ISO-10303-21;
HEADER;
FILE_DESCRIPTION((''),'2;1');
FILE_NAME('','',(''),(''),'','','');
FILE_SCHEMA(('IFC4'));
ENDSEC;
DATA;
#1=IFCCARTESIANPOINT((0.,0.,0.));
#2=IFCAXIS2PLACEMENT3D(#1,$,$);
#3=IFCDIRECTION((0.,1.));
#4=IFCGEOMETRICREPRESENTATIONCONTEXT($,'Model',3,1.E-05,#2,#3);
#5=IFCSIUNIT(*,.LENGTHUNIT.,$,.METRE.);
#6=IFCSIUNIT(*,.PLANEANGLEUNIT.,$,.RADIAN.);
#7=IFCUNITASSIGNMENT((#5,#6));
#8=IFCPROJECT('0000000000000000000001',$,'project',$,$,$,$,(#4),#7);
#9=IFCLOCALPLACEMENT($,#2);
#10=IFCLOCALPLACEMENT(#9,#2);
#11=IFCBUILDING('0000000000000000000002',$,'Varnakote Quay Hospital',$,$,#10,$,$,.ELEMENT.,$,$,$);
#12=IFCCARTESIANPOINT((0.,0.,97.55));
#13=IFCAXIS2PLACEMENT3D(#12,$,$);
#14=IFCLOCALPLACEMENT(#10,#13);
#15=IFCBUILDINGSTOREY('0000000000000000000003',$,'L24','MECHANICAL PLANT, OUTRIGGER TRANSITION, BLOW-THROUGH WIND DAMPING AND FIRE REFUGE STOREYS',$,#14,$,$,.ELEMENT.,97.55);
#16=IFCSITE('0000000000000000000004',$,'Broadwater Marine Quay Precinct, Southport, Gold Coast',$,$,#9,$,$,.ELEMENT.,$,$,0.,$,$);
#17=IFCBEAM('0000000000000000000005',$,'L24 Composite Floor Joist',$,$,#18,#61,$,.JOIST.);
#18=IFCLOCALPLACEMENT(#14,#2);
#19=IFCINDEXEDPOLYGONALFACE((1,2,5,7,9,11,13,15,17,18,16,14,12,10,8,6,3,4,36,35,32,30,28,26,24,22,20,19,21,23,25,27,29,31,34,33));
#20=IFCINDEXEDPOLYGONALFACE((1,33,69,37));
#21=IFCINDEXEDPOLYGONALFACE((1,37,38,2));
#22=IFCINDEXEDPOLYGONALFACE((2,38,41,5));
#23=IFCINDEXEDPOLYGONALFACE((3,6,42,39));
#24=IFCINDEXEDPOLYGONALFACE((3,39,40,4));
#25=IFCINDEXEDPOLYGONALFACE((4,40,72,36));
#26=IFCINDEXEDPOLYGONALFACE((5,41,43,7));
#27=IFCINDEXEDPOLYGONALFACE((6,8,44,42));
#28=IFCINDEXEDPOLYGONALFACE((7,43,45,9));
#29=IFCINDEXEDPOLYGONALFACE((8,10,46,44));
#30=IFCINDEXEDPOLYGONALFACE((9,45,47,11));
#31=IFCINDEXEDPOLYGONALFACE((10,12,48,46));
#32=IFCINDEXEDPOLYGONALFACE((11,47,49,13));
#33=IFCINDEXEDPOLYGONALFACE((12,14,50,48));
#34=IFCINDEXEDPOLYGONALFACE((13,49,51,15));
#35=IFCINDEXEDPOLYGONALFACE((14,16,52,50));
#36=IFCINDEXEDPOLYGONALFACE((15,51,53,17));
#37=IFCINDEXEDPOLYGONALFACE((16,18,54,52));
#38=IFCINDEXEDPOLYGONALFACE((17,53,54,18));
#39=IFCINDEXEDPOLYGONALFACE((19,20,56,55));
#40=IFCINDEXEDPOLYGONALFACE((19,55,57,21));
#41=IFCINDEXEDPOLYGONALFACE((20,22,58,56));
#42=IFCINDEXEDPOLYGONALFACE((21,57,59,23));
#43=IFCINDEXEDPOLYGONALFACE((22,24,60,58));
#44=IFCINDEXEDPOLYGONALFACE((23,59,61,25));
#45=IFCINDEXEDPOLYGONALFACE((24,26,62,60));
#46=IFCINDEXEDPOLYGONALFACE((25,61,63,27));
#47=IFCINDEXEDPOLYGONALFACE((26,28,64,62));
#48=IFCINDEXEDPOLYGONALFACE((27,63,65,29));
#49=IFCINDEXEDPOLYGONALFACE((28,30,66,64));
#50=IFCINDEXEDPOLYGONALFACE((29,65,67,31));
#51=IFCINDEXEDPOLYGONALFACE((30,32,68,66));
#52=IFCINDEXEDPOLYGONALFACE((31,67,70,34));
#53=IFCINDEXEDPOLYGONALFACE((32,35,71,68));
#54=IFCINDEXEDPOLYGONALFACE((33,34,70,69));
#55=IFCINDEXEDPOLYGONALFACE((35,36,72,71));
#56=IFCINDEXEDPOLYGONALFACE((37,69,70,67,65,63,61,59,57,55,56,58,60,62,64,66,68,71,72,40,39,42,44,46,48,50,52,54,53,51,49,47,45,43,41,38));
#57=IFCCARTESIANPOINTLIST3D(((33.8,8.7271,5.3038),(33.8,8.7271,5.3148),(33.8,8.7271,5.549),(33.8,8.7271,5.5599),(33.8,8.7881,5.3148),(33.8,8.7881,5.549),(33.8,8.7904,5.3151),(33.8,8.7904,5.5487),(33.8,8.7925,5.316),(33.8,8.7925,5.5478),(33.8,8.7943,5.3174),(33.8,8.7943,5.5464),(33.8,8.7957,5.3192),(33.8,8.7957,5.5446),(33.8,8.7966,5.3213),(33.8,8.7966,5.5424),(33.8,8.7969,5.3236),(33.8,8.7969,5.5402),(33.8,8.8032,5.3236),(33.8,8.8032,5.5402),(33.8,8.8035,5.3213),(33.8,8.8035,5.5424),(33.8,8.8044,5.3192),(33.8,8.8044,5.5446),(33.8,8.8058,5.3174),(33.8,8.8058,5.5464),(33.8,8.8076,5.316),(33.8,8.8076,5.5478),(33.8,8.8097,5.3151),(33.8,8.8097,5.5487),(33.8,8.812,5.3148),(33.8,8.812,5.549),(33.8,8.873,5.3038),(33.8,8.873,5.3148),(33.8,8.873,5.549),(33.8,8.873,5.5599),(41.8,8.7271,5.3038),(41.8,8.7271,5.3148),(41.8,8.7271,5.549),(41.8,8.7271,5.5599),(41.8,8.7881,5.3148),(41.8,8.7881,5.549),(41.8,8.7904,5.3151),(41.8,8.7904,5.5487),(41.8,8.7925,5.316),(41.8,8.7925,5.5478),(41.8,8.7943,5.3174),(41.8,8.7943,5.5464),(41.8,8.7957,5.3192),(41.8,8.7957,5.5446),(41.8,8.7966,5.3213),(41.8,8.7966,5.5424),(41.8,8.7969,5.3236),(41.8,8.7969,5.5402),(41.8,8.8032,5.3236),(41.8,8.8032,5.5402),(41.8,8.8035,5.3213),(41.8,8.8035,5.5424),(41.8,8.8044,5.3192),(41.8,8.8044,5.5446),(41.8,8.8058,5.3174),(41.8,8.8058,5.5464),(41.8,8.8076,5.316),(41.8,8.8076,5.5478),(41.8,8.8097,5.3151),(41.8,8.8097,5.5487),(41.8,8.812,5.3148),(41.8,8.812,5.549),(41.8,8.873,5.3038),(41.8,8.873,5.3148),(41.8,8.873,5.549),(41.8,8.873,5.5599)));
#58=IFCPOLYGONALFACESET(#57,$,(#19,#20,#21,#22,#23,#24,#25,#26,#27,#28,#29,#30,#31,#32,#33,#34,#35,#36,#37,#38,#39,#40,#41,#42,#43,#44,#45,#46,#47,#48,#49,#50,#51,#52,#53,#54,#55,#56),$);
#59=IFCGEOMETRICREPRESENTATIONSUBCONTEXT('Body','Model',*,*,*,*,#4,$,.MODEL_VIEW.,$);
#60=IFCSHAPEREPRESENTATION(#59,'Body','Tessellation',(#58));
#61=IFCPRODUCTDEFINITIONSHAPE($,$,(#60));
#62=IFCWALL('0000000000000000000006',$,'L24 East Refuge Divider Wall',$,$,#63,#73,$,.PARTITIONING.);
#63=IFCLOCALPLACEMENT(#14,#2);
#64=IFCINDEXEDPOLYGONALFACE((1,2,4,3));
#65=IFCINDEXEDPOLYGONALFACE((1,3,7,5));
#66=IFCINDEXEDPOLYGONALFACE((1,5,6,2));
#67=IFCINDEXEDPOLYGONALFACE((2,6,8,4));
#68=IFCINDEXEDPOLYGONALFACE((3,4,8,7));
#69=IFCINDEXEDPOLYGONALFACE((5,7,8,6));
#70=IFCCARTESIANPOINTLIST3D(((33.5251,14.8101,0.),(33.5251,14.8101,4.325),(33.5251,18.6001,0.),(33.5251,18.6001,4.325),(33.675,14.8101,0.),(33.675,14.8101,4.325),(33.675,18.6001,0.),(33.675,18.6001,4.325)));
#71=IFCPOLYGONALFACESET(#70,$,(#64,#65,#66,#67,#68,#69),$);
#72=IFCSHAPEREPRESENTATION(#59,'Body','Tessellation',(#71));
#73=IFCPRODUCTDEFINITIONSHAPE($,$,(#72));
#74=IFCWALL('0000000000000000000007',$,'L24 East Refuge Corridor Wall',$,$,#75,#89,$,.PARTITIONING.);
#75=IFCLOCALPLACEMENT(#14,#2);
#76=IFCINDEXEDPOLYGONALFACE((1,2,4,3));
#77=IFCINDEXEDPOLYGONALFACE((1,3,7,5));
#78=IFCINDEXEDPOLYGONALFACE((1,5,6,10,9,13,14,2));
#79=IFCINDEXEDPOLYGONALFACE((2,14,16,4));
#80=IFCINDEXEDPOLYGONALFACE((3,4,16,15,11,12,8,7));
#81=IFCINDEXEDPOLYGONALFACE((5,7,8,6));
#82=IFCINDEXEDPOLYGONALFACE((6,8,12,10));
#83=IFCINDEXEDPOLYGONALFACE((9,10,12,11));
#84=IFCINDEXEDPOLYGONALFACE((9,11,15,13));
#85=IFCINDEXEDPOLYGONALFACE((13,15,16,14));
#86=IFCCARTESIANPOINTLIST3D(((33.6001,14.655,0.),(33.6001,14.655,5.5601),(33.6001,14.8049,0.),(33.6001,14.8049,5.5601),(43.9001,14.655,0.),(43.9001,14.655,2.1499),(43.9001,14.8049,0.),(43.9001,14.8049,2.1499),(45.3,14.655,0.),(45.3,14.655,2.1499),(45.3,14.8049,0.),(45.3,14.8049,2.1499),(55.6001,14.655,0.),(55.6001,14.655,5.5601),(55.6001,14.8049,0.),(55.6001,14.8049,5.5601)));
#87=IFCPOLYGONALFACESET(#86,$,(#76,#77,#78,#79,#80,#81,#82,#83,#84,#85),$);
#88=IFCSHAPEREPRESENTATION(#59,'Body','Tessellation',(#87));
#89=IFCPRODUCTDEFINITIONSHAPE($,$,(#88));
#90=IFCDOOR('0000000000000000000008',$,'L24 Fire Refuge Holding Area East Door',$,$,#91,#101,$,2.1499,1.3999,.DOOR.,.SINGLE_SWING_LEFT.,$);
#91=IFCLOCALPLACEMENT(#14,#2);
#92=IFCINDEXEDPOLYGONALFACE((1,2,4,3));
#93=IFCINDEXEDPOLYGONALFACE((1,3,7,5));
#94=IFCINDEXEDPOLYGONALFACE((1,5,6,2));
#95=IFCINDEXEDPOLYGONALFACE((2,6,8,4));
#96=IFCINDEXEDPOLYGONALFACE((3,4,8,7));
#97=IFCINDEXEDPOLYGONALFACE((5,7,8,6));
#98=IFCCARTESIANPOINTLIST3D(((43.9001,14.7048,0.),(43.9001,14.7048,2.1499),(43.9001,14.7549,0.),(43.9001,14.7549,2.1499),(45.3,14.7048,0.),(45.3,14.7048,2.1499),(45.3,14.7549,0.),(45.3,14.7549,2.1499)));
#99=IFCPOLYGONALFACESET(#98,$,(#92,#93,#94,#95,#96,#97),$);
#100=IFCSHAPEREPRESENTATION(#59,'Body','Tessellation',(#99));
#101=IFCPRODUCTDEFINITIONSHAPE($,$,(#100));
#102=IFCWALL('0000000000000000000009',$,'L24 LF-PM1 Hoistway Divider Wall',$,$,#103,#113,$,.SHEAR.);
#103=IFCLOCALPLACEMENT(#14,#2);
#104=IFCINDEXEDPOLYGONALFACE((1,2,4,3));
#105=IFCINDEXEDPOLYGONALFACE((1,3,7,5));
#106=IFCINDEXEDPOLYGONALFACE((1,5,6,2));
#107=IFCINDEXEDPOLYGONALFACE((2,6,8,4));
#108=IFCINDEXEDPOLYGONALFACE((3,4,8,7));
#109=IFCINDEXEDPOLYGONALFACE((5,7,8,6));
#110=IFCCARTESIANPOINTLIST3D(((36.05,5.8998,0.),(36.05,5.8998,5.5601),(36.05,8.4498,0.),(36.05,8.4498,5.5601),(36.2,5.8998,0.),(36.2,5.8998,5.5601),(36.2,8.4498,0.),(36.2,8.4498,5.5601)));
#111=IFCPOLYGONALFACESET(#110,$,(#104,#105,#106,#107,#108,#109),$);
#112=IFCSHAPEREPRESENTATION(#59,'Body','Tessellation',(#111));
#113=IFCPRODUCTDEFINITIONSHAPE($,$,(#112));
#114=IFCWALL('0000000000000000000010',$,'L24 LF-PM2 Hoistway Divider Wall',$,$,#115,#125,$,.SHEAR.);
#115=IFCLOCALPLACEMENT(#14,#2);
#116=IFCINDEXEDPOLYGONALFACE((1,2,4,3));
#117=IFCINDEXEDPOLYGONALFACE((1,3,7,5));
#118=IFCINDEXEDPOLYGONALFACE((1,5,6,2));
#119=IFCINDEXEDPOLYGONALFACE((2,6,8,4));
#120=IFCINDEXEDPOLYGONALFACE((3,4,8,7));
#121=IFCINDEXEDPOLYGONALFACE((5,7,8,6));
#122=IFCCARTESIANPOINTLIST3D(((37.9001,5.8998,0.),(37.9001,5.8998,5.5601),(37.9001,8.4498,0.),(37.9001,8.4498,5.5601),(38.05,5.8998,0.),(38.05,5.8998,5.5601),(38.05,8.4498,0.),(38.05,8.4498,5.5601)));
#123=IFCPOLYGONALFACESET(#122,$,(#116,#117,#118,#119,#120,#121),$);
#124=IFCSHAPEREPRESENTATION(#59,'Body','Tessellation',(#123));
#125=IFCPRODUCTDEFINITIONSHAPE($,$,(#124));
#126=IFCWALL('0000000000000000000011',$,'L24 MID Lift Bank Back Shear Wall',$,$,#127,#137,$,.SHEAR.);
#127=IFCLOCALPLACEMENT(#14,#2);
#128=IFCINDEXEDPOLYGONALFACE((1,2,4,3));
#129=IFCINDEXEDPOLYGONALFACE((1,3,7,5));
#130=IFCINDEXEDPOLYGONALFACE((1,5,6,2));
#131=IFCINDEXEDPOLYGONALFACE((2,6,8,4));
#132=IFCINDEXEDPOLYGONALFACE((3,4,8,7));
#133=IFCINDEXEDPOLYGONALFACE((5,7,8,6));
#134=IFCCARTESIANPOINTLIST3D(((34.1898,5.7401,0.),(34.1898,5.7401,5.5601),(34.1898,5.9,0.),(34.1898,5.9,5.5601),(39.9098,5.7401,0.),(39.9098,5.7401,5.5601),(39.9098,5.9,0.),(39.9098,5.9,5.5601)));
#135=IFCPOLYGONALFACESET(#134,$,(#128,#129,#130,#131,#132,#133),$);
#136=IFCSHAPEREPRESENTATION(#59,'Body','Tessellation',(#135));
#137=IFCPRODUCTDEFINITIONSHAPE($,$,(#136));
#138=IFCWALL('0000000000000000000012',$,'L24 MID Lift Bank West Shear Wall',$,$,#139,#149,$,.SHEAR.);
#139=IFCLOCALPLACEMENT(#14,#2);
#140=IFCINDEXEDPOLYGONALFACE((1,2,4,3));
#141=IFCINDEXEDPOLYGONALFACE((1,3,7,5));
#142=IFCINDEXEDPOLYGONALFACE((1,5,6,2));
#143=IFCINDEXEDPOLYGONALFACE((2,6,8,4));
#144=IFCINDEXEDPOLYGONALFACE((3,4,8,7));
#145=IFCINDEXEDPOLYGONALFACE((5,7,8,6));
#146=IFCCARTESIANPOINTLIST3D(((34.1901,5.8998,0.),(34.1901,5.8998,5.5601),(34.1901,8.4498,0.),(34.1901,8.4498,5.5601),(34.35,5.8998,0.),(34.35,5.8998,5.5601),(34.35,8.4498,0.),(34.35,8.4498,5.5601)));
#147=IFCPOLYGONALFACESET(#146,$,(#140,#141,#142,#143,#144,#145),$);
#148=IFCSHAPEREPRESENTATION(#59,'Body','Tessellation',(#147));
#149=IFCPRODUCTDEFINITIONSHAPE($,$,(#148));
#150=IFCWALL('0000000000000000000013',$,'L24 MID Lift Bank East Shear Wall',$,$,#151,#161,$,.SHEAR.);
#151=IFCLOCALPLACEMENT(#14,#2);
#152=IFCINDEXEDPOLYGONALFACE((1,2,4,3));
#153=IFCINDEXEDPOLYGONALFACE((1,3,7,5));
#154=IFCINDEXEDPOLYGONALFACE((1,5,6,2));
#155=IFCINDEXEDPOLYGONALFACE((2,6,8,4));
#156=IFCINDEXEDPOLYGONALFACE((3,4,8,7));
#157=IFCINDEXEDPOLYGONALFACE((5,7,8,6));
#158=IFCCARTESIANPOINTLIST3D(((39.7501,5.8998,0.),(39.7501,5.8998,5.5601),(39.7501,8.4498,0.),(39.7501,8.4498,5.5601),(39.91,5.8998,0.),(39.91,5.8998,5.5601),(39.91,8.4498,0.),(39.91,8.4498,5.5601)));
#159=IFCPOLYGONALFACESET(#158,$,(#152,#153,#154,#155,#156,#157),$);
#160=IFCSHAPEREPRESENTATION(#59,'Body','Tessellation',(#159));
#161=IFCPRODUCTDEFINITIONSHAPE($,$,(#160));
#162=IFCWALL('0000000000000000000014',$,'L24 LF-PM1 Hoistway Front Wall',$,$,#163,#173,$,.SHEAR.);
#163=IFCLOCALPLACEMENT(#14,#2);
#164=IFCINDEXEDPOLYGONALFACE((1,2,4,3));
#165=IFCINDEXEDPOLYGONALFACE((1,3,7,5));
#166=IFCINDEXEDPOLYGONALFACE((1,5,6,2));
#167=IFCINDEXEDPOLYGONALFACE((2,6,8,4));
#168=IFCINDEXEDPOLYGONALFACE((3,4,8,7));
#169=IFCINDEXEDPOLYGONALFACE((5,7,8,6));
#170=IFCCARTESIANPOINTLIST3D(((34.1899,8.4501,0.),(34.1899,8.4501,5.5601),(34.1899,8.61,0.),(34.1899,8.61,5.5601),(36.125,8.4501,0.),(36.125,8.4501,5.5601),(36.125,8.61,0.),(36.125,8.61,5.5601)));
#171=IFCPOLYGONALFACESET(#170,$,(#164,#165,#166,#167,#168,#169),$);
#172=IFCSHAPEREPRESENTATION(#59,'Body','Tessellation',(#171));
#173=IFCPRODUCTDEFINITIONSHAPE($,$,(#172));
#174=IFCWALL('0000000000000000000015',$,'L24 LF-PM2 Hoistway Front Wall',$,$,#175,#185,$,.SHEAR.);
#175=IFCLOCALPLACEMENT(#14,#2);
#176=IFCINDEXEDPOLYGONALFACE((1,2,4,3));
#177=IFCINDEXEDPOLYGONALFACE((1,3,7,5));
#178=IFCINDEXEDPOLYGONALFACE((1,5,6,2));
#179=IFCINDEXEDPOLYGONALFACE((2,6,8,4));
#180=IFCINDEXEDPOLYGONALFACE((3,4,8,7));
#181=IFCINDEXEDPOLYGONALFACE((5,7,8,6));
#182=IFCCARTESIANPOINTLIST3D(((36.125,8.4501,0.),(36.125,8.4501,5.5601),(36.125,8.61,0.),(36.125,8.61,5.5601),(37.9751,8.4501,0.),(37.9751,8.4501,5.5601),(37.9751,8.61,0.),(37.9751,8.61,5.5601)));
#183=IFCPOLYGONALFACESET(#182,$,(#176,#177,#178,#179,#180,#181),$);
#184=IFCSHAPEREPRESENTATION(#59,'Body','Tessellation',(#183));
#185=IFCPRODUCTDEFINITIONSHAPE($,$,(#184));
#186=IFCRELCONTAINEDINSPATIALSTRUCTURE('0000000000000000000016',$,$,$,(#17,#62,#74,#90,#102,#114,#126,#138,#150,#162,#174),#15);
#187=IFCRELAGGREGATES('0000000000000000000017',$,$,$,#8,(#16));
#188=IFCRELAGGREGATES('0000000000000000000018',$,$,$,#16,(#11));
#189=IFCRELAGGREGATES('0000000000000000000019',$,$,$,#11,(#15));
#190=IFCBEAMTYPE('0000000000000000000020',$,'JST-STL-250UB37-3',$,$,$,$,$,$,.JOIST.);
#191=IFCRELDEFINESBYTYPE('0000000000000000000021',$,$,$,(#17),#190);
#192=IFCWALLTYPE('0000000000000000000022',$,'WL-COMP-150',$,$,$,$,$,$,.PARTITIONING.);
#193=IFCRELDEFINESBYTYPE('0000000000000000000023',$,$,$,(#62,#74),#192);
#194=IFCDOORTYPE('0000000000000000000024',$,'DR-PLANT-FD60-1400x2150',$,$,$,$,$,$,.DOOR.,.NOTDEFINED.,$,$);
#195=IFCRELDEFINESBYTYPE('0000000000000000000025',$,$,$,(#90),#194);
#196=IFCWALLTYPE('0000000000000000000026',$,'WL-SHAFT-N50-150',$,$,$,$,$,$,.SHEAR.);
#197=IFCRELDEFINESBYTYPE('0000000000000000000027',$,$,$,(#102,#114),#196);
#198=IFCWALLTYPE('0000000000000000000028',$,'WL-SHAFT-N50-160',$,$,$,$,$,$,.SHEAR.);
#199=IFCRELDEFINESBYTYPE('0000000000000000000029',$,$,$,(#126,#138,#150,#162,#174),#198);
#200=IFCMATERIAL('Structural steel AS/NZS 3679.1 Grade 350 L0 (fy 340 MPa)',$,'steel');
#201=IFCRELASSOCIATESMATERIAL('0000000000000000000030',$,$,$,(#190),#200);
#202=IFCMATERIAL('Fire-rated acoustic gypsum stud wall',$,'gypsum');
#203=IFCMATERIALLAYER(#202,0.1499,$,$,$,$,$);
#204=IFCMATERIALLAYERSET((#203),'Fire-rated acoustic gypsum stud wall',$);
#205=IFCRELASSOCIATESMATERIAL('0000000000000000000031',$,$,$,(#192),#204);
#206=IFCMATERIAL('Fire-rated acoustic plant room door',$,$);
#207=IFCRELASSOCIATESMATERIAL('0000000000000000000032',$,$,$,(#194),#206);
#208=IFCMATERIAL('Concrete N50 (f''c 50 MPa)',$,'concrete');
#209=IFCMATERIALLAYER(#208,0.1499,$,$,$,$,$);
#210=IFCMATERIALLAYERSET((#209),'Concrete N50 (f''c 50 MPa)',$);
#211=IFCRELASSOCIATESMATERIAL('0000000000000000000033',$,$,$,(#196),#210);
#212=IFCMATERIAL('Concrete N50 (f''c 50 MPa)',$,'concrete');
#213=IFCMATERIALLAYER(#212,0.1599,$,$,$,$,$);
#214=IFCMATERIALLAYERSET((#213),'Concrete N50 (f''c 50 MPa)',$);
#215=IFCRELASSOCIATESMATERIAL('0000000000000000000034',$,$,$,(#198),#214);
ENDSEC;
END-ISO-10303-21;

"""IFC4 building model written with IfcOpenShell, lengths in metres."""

from ifc_helpers import new_model, si_unit, direction, frame, frame_2d, origin, origin_2d, place, context, subcontext, project, spatial, rectangle, i_section, extrude, material, layer, layer_set, material_profile, profile_set, type_object, element, fill, save


model = new_model("IFC4")

# Units and contexts
model_context = context("Model", 3, precision=1e-05, world=origin(), true_north=direction((0.0, 1.0)))
body_context = subcontext(model_context, "Body", "Model", "MODEL_VIEW")
ifc_project = project(units=[si_unit("LENGTHUNIT", "METRE"), si_unit("PLANEANGLEUNIT", "RADIAN")], contexts=[model_context])

# Site, building, storey
site_placement = place(None, origin())
site = spatial("IfcSite", under=ifc_project, at=site_placement, Name="Broadwater Marine Quay Precinct, Southport, Gold Coast", CompositionType="ELEMENT", RefElevation=0.0)
building_placement = place(site_placement, origin())
building = spatial("IfcBuilding", under=site, at=building_placement, Name="Varnakote Quay Hospital", CompositionType="ELEMENT")
storey_placement = place(building_placement, frame((0.0, 0.0, 97.55)))
storey = spatial("IfcBuildingStorey", under=building, at=storey_placement, Name="L24", Description="MECHANICAL PLANT, OUTRIGGER TRANSITION, BLOW-THROUGH WIND DAMPING AND FIRE REFUGE STOREYS", CompositionType="ELEMENT", Elevation=97.55)

# Beam
ifc_material_1 = material(Name="Structural steel AS/NZS 3679.1 Grade 350 L0 (fy 340 MPa)", Category="steel")
ifc_material_profile_1 = material_profile(ifc_material_1, i_section(OverallWidth=0.146, OverallDepth=0.2561, WebThickness=0.0063, FlangeThickness=0.011, FilletRadius=0.0088, at=origin_2d()), Name="250UB37.3")
ifc_profile_set_1 = profile_set([ifc_material_profile_1], Name="Structural steel AS/NZS 3679.1 Grade 350 L0 (fy 340 MPa)")
beam_type_1 = type_object("IfcBeamType", Name="JST-STL-250UB37-3", PredefinedType="JOIST", material=ifc_profile_set_1)
beam_1_placement = place(storey_placement, frame((33.8, 8.8, 5.4319), z_axis=(1.0, 0.0, 0.0), x_axis=(0.0, 1.0, 0.0)))
element("IfcBeam", 1, at=beam_1_placement, inside=storey, type_object=beam_type_1, Name="L24 Composite Floor Joist", PredefinedType="JOIST", context=body_context, shape_type="SweptSolid", body=[
    extrude(i_section(OverallWidth=0.146, OverallDepth=0.2561, WebThickness=0.0063, FlangeThickness=0.011, FilletRadius=0.0088, at=origin_2d()), origin(), (0.0, 0.0, 1.0), 8.0),
])

# Wall
ifc_material_2 = material(Name="Fire-rated acoustic gypsum stud wall", Category="gypsum")
ifc_layer_1 = layer(ifc_material_2, 0.1499)
ifc_layer_set_1 = layer_set([ifc_layer_1], Name="Fire-rated acoustic gypsum stud wall")
wall_type_1 = type_object("IfcWallType", Name="WL-COMP-150", PredefinedType="PARTITIONING", material=ifc_layer_set_1)
wall_1_placement = place(storey_placement, frame((33.6001, 14.8101, 0.0), z_axis=(0.0, 0.0, 1.0), x_axis=(0.0, 1.0, 0.0)))
element("IfcWall", 2, at=wall_1_placement, inside=storey, type_object=wall_type_1, Name="L24 East Refuge Divider Wall", PredefinedType="PARTITIONING", context=body_context, shape_type="SweptSolid", body=[
    extrude(rectangle(XDim=3.79, YDim=0.1499, at=frame_2d((1.895, 0.0))), origin(), (0.0, 0.0, 1.0), 4.325),
])

# Wall, opening, door
wall_2_placement = place(storey_placement, frame((33.6001, 14.73, 0.0), z_axis=(0.0, 0.0, 1.0), x_axis=(1.0, 0.0, 0.0)))
wall_2 = element("IfcWall", 3, at=wall_2_placement, inside=storey, type_object=wall_type_1, Name="L24 East Refuge Corridor Wall", PredefinedType="PARTITIONING", context=body_context, shape_type="SweptSolid", body=[
    extrude(rectangle(XDim=22.0, YDim=0.1499, at=frame_2d((11.0, 0.0))), origin(), (0.0, 0.0, 1.0), 5.5601),
])
opening_1_placement = place(wall_2_placement, frame((10.3, 0.0, 0.0)))
opening_1 = element("IfcOpeningElement", 4, at=opening_1_placement, cuts=wall_2, PredefinedType="OPENING", context=body_context, shape_type="SweptSolid", body=[
    extrude(rectangle(XDim=1.3999, YDim=2.1499, at=frame_2d((0.7, 1.075))), frame((0.0, 0.085, 0.0), z_axis=(0.0, -1.0, 0.0), x_axis=(1.0, 0.0, 0.0)), (0.0, 0.0, 1.0), 0.1699),
])
ifc_material_3 = material(Name="Fire-rated acoustic plant room door")
door_type_1 = type_object("IfcDoorType", Name="DR-PLANT-FD60-1400x2150", OperationType="NOTDEFINED", PredefinedType="DOOR", material=ifc_material_3)
door_1_placement = place(opening_1_placement, origin())
door_1 = element("IfcDoor", 5, at=door_1_placement, inside=storey, type_object=door_type_1, Name="L24 Fire Refuge Holding Area East Door", OperationType="SINGLE_SWING_LEFT", OverallHeight=2.1499, OverallWidth=1.3999, PredefinedType="DOOR", context=body_context, shape_type="SweptSolid", body=[
    extrude(rectangle(XDim=1.3999, YDim=2.1499, at=frame_2d((0.7, 1.075))), frame((0.0, 0.0249, 0.0), z_axis=(0.0, -1.0, 0.0), x_axis=(1.0, 0.0, 0.0)), (0.0, 0.0, 1.0), 0.05),
])
fill(opening_1, door_1)

# Walls
ifc_material_4 = material(Name="Concrete N50 (f'c 50 MPa)", Category="concrete")
ifc_layer_2 = layer(ifc_material_4, 0.1499)
ifc_layer_set_2 = layer_set([ifc_layer_2], Name="Concrete N50 (f'c 50 MPa)")
wall_type_2 = type_object("IfcWallType", Name="WL-SHAFT-N50-150", PredefinedType="SHEAR", material=ifc_layer_set_2)
for number, where, z_axis, x_axis, name in (
    (6, (36.125, 5.8999, 0.0), (0.0, 0.0, 1.0), (0.0, 1.0, 0.0), "L24 LF-PM1 Hoistway Divider Wall"),
    (7, (37.9751, 5.8999, 0.0), (0.0, 0.0, 1.0), (0.0, 1.0, 0.0), "L24 LF-PM2 Hoistway Divider Wall"),
):
    element("IfcWall", number, at=place(storey_placement, frame(where, z_axis=z_axis, x_axis=x_axis)), inside=storey, type_object=wall_type_2, Name=name, PredefinedType="SHEAR", context=body_context, shape_type="SweptSolid", body=[
        extrude(rectangle(XDim=2.55, YDim=0.1499, at=frame_2d((1.2749, 0.0))), origin(), (0.0, 0.0, 1.0), 5.5601),
    ])
ifc_material_5 = material(Name="Concrete N50 (f'c 50 MPa)", Category="concrete")
ifc_layer_3 = layer(ifc_material_5, 0.1599)
ifc_layer_set_3 = layer_set([ifc_layer_3], Name="Concrete N50 (f'c 50 MPa)")
wall_type_3 = type_object("IfcWallType", Name="WL-SHAFT-N50-160", PredefinedType="SHEAR", material=ifc_layer_set_3)
wall_3_placement = place(storey_placement, frame((34.1899, 5.8201, 0.0), z_axis=(0.0, 0.0, 1.0), x_axis=(1.0, 0.0, 0.0)))
element("IfcWall", 8, at=wall_3_placement, inside=storey, type_object=wall_type_3, Name="L24 MID Lift Bank Back Shear Wall", PredefinedType="SHEAR", context=body_context, shape_type="SweptSolid", body=[
    extrude(rectangle(XDim=5.72, YDim=0.1599, at=frame_2d((2.8599, 0.0))), origin(), (0.0, 0.0, 1.0), 5.5601),
])
for number, where, z_axis, x_axis, name in (
    (9, (34.27, 5.8999, 0.0), (0.0, 0.0, 1.0), (0.0, 1.0, 0.0), "L24 MID Lift Bank West Shear Wall"),
    (10, (39.8301, 5.8999, 0.0), (0.0, 0.0, 1.0), (0.0, 1.0, 0.0), "L24 MID Lift Bank East Shear Wall"),
):
    element("IfcWall", number, at=place(storey_placement, frame(where, z_axis=z_axis, x_axis=x_axis)), inside=storey, type_object=wall_type_3, Name=name, PredefinedType="SHEAR", context=body_context, shape_type="SweptSolid", body=[
        extrude(rectangle(XDim=2.55, YDim=0.1599, at=frame_2d((1.2749, 0.0))), origin(), (0.0, 0.0, 1.0), 5.5601),
    ])
wall_4_placement = place(storey_placement, frame((34.1899, 8.53, 0.0), z_axis=(0.0, 0.0, 1.0), x_axis=(1.0, 0.0, 0.0)))
element("IfcWall", 11, at=wall_4_placement, inside=storey, type_object=wall_type_3, Name="L24 LF-PM1 Hoistway Front Wall", PredefinedType="SHEAR", context=body_context, shape_type="SweptSolid", body=[
    extrude(rectangle(XDim=1.9351, YDim=0.1599, at=frame_2d((0.9675, 0.0))), origin(), (0.0, 0.0, 1.0), 5.5601),
])
wall_5_placement = place(storey_placement, frame((36.125, 8.53, 0.0), z_axis=(0.0, 0.0, 1.0), x_axis=(1.0, 0.0, 0.0)))
element("IfcWall", 12, at=wall_5_placement, inside=storey, type_object=wall_type_3, Name="L24 LF-PM2 Hoistway Front Wall", PredefinedType="SHEAR", context=body_context, shape_type="SweptSolid", body=[
    extrude(rectangle(XDim=1.8501, YDim=0.1599, at=frame_2d((0.925, 0.0))), origin(), (0.0, 0.0, 1.0), 5.5601),
])

save(model, "model.ifc")
